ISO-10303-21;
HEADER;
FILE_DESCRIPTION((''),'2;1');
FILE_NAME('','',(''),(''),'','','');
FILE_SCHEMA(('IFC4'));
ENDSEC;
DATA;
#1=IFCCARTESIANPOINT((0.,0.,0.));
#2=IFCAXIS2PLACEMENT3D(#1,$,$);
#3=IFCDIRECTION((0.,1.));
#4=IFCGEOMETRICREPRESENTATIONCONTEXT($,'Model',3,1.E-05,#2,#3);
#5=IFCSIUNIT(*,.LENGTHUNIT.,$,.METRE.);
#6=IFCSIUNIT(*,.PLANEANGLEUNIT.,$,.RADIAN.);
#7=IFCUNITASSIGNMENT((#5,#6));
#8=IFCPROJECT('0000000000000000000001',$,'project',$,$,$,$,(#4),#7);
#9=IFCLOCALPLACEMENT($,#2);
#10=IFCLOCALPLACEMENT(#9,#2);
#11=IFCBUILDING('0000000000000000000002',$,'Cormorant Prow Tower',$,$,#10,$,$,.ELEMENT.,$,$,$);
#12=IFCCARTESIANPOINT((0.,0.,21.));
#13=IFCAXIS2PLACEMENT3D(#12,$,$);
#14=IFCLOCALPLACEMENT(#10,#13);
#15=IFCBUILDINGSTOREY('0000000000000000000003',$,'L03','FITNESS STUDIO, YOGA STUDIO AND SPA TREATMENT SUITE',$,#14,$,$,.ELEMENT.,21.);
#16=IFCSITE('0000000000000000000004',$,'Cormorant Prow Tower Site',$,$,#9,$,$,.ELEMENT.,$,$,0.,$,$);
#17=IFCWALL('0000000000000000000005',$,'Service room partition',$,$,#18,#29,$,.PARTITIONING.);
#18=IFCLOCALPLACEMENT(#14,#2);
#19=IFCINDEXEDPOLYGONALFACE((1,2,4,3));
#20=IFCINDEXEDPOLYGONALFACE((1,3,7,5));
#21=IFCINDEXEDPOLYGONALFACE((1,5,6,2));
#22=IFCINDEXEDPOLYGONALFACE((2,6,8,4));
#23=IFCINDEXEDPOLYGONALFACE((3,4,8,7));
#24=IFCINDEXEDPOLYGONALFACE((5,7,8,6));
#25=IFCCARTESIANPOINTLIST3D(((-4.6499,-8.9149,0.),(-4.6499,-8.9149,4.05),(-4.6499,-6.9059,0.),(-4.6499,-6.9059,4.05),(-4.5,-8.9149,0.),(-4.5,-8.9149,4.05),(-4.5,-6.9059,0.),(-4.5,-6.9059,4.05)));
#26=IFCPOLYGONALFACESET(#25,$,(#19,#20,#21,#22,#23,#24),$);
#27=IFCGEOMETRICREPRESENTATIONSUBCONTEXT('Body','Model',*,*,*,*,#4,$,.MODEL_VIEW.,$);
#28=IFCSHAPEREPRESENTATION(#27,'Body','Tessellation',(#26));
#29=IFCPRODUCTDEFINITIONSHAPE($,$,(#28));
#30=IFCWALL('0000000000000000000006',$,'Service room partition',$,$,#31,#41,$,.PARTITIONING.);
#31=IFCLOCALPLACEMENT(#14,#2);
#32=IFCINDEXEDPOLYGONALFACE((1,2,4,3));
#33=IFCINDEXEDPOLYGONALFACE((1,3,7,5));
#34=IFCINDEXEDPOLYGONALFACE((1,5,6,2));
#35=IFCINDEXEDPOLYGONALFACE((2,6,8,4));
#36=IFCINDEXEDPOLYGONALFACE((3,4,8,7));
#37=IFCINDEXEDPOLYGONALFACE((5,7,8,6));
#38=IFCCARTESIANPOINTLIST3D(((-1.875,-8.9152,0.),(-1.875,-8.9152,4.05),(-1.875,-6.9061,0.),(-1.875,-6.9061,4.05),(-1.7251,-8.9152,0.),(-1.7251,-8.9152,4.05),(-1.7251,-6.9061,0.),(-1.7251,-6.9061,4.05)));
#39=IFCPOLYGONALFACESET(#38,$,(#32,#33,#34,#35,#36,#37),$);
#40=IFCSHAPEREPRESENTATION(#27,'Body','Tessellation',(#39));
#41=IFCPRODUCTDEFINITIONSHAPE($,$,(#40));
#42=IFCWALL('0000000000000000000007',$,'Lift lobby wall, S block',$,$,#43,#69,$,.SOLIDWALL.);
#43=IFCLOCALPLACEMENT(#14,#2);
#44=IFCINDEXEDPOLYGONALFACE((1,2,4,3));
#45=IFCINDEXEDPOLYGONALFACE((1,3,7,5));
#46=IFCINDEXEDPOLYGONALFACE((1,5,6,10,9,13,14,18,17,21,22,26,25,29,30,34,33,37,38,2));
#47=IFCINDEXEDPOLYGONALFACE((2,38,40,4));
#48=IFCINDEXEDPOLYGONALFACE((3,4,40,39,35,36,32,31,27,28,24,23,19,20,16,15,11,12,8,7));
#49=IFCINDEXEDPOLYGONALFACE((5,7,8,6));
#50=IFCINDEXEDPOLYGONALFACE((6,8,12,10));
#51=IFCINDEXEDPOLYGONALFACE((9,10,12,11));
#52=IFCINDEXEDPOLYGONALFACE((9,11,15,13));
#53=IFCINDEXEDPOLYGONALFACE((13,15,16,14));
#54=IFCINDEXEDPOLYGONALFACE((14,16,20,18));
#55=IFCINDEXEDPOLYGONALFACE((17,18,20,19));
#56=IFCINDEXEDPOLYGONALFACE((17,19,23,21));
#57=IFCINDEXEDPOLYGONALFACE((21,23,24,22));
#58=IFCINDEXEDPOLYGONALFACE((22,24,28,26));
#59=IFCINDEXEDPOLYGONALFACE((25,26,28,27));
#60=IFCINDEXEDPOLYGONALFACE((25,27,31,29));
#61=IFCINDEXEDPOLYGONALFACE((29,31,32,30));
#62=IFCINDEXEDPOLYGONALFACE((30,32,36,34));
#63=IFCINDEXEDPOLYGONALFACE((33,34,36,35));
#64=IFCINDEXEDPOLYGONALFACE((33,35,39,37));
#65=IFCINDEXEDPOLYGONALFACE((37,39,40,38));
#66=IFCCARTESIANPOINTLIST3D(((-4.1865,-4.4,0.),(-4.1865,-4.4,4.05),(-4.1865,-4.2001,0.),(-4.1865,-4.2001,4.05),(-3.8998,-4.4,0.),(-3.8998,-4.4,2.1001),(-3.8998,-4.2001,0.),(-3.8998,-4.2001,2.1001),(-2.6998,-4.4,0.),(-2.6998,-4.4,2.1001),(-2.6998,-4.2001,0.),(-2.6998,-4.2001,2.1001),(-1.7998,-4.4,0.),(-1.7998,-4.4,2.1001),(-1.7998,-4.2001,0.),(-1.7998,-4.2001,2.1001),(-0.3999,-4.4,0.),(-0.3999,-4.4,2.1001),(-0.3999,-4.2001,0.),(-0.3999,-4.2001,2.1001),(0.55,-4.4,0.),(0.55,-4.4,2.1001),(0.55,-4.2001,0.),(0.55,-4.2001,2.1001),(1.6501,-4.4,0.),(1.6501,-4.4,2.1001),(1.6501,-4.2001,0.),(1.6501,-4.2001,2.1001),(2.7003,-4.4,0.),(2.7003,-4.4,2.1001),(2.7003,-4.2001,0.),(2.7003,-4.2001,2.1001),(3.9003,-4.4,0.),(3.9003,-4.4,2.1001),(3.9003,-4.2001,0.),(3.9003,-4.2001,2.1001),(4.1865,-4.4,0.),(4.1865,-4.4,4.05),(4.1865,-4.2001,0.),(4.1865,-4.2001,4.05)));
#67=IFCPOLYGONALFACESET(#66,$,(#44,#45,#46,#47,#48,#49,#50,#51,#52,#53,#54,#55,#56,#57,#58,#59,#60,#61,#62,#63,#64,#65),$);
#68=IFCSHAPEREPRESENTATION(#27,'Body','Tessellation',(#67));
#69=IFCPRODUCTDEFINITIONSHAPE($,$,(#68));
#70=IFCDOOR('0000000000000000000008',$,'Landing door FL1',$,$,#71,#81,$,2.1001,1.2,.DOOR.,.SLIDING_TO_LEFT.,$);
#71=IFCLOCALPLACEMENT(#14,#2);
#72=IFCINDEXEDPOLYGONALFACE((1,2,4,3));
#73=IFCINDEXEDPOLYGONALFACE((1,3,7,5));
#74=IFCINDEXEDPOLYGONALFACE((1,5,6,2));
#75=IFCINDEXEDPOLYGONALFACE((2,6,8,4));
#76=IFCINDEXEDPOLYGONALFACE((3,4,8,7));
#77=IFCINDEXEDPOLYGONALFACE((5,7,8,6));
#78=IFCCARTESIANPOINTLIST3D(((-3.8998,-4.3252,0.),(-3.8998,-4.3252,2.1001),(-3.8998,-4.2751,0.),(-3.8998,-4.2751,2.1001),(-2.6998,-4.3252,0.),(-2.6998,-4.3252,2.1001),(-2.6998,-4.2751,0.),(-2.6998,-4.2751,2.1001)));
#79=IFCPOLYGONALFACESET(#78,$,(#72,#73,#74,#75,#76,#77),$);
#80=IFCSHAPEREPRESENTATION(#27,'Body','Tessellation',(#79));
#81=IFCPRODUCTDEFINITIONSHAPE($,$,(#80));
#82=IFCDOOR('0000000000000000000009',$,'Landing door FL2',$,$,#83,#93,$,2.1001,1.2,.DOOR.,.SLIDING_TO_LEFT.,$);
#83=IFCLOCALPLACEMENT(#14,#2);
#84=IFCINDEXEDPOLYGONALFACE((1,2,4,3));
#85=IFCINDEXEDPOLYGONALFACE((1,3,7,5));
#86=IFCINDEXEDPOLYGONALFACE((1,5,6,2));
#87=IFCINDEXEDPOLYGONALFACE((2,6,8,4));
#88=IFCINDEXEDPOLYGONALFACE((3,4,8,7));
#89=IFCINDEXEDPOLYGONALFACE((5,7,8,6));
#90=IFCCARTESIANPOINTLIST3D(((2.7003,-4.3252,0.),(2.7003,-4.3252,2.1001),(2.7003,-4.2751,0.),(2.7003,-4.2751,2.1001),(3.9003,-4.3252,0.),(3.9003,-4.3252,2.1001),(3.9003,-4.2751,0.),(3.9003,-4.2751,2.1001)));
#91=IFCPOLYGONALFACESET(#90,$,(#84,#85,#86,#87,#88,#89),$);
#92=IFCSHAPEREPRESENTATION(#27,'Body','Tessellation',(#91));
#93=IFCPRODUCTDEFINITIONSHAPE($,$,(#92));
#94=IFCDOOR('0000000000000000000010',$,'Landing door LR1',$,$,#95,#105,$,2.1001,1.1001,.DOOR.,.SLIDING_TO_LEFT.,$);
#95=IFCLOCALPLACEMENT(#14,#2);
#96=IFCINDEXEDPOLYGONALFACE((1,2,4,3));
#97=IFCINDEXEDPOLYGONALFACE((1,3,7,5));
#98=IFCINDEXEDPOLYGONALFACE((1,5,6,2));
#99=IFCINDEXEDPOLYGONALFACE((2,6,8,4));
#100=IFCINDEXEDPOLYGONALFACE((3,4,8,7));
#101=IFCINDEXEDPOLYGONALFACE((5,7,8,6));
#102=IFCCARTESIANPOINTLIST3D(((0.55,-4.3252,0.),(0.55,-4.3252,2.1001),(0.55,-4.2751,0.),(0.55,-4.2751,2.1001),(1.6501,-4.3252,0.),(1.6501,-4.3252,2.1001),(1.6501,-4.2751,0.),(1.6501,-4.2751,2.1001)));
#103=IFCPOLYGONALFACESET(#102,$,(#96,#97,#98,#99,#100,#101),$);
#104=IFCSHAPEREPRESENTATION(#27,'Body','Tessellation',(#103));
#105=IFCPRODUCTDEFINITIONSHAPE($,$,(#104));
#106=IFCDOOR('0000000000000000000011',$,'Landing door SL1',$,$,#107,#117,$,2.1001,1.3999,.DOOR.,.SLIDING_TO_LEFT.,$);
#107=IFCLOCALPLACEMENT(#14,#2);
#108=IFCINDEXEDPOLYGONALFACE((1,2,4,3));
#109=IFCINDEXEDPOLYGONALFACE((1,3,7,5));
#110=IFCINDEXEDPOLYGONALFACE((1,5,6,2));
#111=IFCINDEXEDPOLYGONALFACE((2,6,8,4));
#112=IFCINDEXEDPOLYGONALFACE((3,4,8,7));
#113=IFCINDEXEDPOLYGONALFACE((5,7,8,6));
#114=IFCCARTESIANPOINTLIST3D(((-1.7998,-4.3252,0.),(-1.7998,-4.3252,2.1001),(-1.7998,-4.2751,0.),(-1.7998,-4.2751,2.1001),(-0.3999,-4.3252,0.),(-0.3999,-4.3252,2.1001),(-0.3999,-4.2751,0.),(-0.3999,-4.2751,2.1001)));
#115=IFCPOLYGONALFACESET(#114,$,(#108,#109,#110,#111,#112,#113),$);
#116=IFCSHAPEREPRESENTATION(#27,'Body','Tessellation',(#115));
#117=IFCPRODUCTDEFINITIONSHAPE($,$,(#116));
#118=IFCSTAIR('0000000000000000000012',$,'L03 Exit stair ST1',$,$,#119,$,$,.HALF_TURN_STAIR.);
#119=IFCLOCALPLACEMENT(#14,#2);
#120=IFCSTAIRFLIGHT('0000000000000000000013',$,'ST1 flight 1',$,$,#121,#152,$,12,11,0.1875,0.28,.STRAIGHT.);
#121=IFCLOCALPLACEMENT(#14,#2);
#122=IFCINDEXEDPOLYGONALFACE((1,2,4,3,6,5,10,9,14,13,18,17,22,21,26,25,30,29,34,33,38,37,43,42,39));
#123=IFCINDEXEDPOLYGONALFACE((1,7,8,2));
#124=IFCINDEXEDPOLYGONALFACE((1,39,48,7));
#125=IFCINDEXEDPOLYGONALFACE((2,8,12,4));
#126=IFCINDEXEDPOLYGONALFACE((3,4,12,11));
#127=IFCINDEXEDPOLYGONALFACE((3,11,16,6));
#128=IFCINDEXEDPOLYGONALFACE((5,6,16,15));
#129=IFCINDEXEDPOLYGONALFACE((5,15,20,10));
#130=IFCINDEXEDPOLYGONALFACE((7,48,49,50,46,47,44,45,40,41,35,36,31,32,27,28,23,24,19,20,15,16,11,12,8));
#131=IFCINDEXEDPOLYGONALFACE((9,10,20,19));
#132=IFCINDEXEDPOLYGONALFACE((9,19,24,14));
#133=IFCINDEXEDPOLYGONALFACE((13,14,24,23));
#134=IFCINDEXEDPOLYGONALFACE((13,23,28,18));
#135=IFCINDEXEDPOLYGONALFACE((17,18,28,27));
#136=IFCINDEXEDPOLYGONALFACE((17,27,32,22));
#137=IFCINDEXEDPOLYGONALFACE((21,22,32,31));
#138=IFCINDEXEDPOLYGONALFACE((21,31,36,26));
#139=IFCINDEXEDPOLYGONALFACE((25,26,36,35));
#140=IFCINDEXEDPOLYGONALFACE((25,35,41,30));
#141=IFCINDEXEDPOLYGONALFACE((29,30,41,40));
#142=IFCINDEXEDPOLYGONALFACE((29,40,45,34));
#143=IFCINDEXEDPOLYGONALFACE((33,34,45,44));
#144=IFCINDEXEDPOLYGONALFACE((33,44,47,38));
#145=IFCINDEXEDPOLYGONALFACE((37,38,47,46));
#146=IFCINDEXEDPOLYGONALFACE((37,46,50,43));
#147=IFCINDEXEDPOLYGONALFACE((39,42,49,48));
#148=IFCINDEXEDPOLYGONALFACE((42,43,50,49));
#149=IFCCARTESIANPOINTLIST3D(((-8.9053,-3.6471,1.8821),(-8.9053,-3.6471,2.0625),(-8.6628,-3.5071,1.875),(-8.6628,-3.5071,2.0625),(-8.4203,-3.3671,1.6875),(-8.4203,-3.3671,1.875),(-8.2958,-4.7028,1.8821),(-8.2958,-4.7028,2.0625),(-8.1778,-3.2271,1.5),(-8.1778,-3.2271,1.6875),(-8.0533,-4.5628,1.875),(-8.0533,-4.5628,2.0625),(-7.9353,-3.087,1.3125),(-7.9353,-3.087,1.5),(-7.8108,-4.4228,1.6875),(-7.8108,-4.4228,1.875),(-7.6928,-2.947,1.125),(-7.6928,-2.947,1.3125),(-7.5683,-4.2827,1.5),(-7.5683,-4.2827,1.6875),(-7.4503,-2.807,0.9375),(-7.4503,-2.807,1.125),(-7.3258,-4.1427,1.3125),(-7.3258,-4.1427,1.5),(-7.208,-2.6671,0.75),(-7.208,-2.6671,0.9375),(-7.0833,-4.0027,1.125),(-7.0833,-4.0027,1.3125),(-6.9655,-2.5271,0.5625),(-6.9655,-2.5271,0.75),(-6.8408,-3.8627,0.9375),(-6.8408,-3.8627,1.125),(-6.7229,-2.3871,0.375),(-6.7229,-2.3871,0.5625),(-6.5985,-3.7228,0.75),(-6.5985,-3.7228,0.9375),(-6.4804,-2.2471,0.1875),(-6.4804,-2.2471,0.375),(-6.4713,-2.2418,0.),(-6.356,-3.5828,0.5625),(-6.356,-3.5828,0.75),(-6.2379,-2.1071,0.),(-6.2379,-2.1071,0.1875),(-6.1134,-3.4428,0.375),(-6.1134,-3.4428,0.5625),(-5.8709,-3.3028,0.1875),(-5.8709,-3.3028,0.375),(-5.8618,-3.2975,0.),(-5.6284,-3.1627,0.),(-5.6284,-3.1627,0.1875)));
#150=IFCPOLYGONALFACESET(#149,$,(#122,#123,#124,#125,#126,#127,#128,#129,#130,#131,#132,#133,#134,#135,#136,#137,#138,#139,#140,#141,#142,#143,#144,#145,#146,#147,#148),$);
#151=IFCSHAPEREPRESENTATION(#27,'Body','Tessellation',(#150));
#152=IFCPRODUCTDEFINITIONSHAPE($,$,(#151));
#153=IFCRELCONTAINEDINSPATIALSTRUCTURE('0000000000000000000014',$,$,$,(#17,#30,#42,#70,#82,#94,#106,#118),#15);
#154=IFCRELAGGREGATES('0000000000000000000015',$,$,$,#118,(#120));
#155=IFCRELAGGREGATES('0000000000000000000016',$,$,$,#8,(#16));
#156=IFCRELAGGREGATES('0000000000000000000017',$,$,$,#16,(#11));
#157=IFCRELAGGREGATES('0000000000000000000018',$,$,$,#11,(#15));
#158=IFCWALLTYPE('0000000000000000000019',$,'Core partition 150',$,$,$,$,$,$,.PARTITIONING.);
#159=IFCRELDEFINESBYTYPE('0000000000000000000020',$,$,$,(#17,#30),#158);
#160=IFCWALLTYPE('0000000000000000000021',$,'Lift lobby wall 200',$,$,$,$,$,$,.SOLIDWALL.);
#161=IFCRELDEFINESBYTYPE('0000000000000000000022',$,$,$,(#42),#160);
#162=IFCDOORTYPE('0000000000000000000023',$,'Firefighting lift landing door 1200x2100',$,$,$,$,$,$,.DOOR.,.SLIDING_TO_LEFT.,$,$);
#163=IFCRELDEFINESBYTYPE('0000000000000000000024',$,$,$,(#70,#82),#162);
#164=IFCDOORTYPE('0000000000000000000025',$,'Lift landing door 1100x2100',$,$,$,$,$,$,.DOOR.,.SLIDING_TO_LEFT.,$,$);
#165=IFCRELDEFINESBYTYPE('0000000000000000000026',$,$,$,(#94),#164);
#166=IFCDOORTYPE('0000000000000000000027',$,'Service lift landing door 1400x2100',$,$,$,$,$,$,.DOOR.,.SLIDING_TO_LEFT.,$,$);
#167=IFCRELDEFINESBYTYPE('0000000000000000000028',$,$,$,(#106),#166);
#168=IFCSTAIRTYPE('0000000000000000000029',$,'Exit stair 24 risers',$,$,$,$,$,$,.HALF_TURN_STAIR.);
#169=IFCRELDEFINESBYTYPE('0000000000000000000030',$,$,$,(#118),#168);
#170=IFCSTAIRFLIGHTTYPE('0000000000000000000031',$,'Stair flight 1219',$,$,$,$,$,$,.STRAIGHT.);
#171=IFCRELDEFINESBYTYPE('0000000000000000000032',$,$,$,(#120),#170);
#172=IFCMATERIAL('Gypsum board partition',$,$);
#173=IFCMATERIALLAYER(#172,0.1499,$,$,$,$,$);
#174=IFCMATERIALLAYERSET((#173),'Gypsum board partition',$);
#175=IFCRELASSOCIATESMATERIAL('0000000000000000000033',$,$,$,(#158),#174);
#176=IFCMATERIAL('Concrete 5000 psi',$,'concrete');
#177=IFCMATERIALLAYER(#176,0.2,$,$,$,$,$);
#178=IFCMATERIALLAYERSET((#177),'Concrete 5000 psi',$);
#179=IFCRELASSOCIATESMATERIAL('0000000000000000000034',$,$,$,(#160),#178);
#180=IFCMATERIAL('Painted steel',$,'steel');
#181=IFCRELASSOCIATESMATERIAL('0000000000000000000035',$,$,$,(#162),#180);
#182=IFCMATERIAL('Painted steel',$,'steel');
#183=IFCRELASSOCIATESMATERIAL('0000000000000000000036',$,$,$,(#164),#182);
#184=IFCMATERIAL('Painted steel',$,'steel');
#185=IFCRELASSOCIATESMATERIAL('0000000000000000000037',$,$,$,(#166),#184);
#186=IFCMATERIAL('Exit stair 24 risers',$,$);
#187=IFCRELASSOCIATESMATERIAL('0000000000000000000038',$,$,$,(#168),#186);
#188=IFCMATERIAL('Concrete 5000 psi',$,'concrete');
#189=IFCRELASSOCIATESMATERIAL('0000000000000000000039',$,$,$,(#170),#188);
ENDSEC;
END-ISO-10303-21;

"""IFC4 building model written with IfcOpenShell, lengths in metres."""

from ifc_helpers import new_model, si_unit, direction, frame, frame_2d, origin, place, context, subcontext, project, spatial, polyline, rectangle, outline, extrude, material, layer, layer_set, type_object, element, fill, aggregate, save


model = new_model("IFC4")

# Units and contexts
model_context = context("Model", 3, precision=1e-05, world=origin(), true_north=direction((0.0, 1.0)))
body_context = subcontext(model_context, "Body", "Model", "MODEL_VIEW")
ifc_project = project(units=[si_unit("LENGTHUNIT", "METRE"), si_unit("PLANEANGLEUNIT", "RADIAN")], contexts=[model_context])

# Site, building, storey
site_placement = place(None, origin())
site = spatial("IfcSite", under=ifc_project, at=site_placement, Name="Cormorant Prow Tower Site", CompositionType="ELEMENT", RefElevation=0.0)
building_placement = place(site_placement, origin())
building = spatial("IfcBuilding", under=site, at=building_placement, Name="Cormorant Prow Tower", CompositionType="ELEMENT")
storey_placement = place(building_placement, frame((0.0, 0.0, 21.0)))
storey = spatial("IfcBuildingStorey", under=building, at=storey_placement, Name="L03", Description="FITNESS STUDIO, YOGA STUDIO AND SPA TREATMENT SUITE", CompositionType="ELEMENT", Elevation=21.0)

# Walls
ifc_material_1 = material(Name="Gypsum board partition")
ifc_layer_1 = layer(ifc_material_1, 0.1499)
ifc_layer_set_1 = layer_set([ifc_layer_1], Name="Gypsum board partition")
wall_type_1 = type_object("IfcWallType", Name="Core partition 150", PredefinedType="PARTITIONING", material=ifc_layer_set_1)
for number, where, z_axis, x_axis, name in (
    (1, (-4.575, -6.906, 0.0), (0.0, 0.0, 1.0), (0.0, -1.0, 0.0), "Service room partition"),
    (2, (-1.8, -8.915, 0.0), (0.0, 0.0, 1.0), (0.0, 1.0, 0.0), "Service room partition"),
):
    element("IfcWall", number, at=place(storey_placement, frame(where, z_axis=z_axis, x_axis=x_axis)), inside=storey, type_object=wall_type_1, Name=name, PredefinedType="PARTITIONING", context=body_context, shape_type="SweptSolid", body=[
        extrude(rectangle(XDim=2.009, YDim=0.1499, at=frame_2d((1.0044, 0.0))), origin(), (0.0, 0.0, 1.0), 4.05),
    ])

# Wall, openings, doors
ifc_material_2 = material(Name="Concrete 5000 psi", Category="concrete")
ifc_layer_2 = layer(ifc_material_2, 0.2)
ifc_layer_set_2 = layer_set([ifc_layer_2], Name="Concrete 5000 psi")
wall_type_2 = type_object("IfcWallType", Name="Lift lobby wall 200", PredefinedType="SOLIDWALL", material=ifc_layer_set_2)
wall_placement = place(storey_placement, frame((-4.1865, -4.3, 0.0), z_axis=(0.0, 0.0, 1.0), x_axis=(1.0, 0.0, 0.0)))
wall = element("IfcWall", 3, at=wall_placement, inside=storey, type_object=wall_type_2, Name="Lift lobby wall, S block", PredefinedType="SOLIDWALL", context=body_context, shape_type="SweptSolid", body=[
    extrude(rectangle(XDim=8.373, YDim=0.2, at=frame_2d((4.1865, 0.0))), origin(), (0.0, 0.0, 1.0), 4.05),
])
opening_1_placement = place(wall_placement, frame((0.2866, 0.0, 0.0)))
opening_1 = element("IfcOpeningElement", 4, at=opening_1_placement, cuts=wall, PredefinedType="OPENING", context=body_context, shape_type="SweptSolid", body=[
    extrude(rectangle(XDim=1.2, YDim=2.1001, at=frame_2d((0.6001, 1.05))), frame((0.0, 0.1099, 0.0), z_axis=(0.0, -1.0, 0.0), x_axis=(1.0, 0.0, 0.0)), (0.0, 0.0, 1.0), 0.22),
])
opening_2_placement = place(wall_placement, frame((2.3867, 0.0, 0.0)))
opening_2 = element("IfcOpeningElement", 5, at=opening_2_placement, cuts=wall, PredefinedType="OPENING", context=body_context, shape_type="SweptSolid", body=[
    extrude(rectangle(XDim=1.3999, YDim=2.1001, at=frame_2d((0.7, 1.05))), frame((0.0, 0.1099, 0.0), z_axis=(0.0, -1.0, 0.0), x_axis=(1.0, 0.0, 0.0)), (0.0, 0.0, 1.0), 0.22),
])
opening_3_placement = place(wall_placement, frame((4.7366, 0.0, 0.0)))
opening_3 = element("IfcOpeningElement", 6, at=opening_3_placement, cuts=wall, PredefinedType="OPENING", context=body_context, shape_type="SweptSolid", body=[
    extrude(rectangle(XDim=1.1001, YDim=2.1001, at=frame_2d((0.55, 1.05))), frame((0.0, 0.1099, 0.0), z_axis=(0.0, -1.0, 0.0), x_axis=(1.0, 0.0, 0.0)), (0.0, 0.0, 1.0), 0.22),
])
opening_4_placement = place(wall_placement, frame((6.8867, 0.0, 0.0)))
opening_4 = element("IfcOpeningElement", 7, at=opening_4_placement, cuts=wall, PredefinedType="OPENING", context=body_context, shape_type="SweptSolid", body=[
    extrude(rectangle(XDim=1.2, YDim=2.1001, at=frame_2d((0.6001, 1.05))), frame((0.0, 0.1099, 0.0), z_axis=(0.0, -1.0, 0.0), x_axis=(1.0, 0.0, 0.0)), (0.0, 0.0, 1.0), 0.22),
])
ifc_material_3 = material(Name="Painted steel", Category="steel")
door_type_1 = type_object("IfcDoorType", Name="Firefighting lift landing door 1200x2100", OperationType="SLIDING_TO_LEFT", PredefinedType="DOOR", material=ifc_material_3)
door_1_placement = place(opening_1_placement, origin())
door_1 = element("IfcDoor", 8, at=door_1_placement, inside=storey, type_object=door_type_1, Name="Landing door FL1", OperationType="SLIDING_TO_LEFT", OverallHeight=2.1001, OverallWidth=1.2, PredefinedType="DOOR", context=body_context, shape_type="SweptSolid", body=[
    extrude(rectangle(XDim=1.2, YDim=2.1001, at=frame_2d((0.6001, 1.05))), frame((0.0, 0.0249, 0.0), z_axis=(0.0, -1.0, 0.0), x_axis=(1.0, 0.0, 0.0)), (0.0, 0.0, 1.0), 0.05),
])
fill(opening_1, door_1)
door_2_placement = place(opening_4_placement, origin())
door_2 = element("IfcDoor", 9, at=door_2_placement, inside=storey, type_object=door_type_1, Name="Landing door FL2", OperationType="SLIDING_TO_LEFT", OverallHeight=2.1001, OverallWidth=1.2, PredefinedType="DOOR", context=body_context, shape_type="SweptSolid", body=[
    extrude(rectangle(XDim=1.2, YDim=2.1001, at=frame_2d((0.6001, 1.05))), frame((0.0, 0.0249, 0.0), z_axis=(0.0, -1.0, 0.0), x_axis=(1.0, 0.0, 0.0)), (0.0, 0.0, 1.0), 0.05),
])
fill(opening_4, door_2)
ifc_material_4 = material(Name="Painted steel", Category="steel")
door_type_2 = type_object("IfcDoorType", Name="Lift landing door 1100x2100", OperationType="SLIDING_TO_LEFT", PredefinedType="DOOR", material=ifc_material_4)
door_3_placement = place(opening_3_placement, origin())
door_3 = element("IfcDoor", 10, at=door_3_placement, inside=storey, type_object=door_type_2, Name="Landing door LR1", OperationType="SLIDING_TO_LEFT", OverallHeight=2.1001, OverallWidth=1.1001, PredefinedType="DOOR", context=body_context, shape_type="SweptSolid", body=[
    extrude(rectangle(XDim=1.1001, YDim=2.1001, at=frame_2d((0.55, 1.05))), frame((0.0, 0.0249, 0.0), z_axis=(0.0, -1.0, 0.0), x_axis=(1.0, 0.0, 0.0)), (0.0, 0.0, 1.0), 0.05),
])
fill(opening_3, door_3)
ifc_material_5 = material(Name="Painted steel", Category="steel")
door_type_3 = type_object("IfcDoorType", Name="Service lift landing door 1400x2100", OperationType="SLIDING_TO_LEFT", PredefinedType="DOOR", material=ifc_material_5)
door_4_placement = place(opening_2_placement, origin())
door_4 = element("IfcDoor", 11, at=door_4_placement, inside=storey, type_object=door_type_3, Name="Landing door SL1", OperationType="SLIDING_TO_LEFT", OverallHeight=2.1001, OverallWidth=1.3999, PredefinedType="DOOR", context=body_context, shape_type="SweptSolid", body=[
    extrude(rectangle(XDim=1.3999, YDim=2.1001, at=frame_2d((0.7, 1.05))), frame((0.0, 0.0249, 0.0), z_axis=(0.0, -1.0, 0.0), x_axis=(1.0, 0.0, 0.0)), (0.0, 0.0, 1.0), 0.05),
])
fill(opening_2, door_4)

# Stair, stair flight
ifc_material_6 = material(Name="Exit stair 24 risers")
stair_type = type_object("IfcStairType", Name="Exit stair 24 risers", PredefinedType="HALF_TURN_STAIR", material=ifc_material_6)
stair_placement = place(storey_placement, origin())
stair = element("IfcStair", 12, at=stair_placement, inside=storey, type_object=stair_type, Name="L03 Exit stair ST1", PredefinedType="HALF_TURN_STAIR")
ifc_material_7 = material(Name="Concrete 5000 psi", Category="concrete")
stair_flight_type = type_object("IfcStairFlightType", Name="Stair flight 1219", PredefinedType="STRAIGHT", material=ifc_material_7)
stair_flight_1_placement = place(storey_placement, frame((-5.9331, -2.635, 0.0), z_axis=(0.0, 0.0, 1.0), x_axis=(-0.866025, -0.5, 0.0)))
stair_flight_1 = element("IfcStairFlight", 13, at=stair_flight_1_placement, type_object=stair_flight_type, Name="ST1 flight 1", NumberOfRisers=12, NumberOfTreads=11, PredefinedType="STRAIGHT", RiserHeight=0.1875, TreadLength=0.28, context=body_context, shape_type="SweptSolid", body=[
    extrude(outline(polyline([(0.0, 0.0), (0.0, 0.1875), (0.28, 0.1875), (0.28, 0.375), (0.5601, 0.375), (0.5601, 0.5625), (0.8401, 0.5625), (0.8401, 0.75), (1.1201, 0.75), (1.1201, 0.9375), (1.3999, 0.9375), (1.3999, 1.125), (1.6799, 1.125), (1.6799, 1.3125), (1.96, 1.3125), (1.96, 1.5), (2.24, 1.5), (2.24, 1.6875), (2.52, 1.6875), (2.52, 1.875), (2.8, 1.875), (2.8, 2.0625), (3.0801, 2.0625), (3.0801, 2.25), (3.0801, 1.8821), (0.2695, 0.0), (0.0, 0.0)])), frame((0.0, 0.6094, 0.0), z_axis=(0.0, -1.0, 0.0), x_axis=(1.0, 0.0, 0.0)), (0.0, 0.0, 1.0), 1.219),
])
aggregate(stair, [stair_flight_1])

save(model, "model.ifc")
